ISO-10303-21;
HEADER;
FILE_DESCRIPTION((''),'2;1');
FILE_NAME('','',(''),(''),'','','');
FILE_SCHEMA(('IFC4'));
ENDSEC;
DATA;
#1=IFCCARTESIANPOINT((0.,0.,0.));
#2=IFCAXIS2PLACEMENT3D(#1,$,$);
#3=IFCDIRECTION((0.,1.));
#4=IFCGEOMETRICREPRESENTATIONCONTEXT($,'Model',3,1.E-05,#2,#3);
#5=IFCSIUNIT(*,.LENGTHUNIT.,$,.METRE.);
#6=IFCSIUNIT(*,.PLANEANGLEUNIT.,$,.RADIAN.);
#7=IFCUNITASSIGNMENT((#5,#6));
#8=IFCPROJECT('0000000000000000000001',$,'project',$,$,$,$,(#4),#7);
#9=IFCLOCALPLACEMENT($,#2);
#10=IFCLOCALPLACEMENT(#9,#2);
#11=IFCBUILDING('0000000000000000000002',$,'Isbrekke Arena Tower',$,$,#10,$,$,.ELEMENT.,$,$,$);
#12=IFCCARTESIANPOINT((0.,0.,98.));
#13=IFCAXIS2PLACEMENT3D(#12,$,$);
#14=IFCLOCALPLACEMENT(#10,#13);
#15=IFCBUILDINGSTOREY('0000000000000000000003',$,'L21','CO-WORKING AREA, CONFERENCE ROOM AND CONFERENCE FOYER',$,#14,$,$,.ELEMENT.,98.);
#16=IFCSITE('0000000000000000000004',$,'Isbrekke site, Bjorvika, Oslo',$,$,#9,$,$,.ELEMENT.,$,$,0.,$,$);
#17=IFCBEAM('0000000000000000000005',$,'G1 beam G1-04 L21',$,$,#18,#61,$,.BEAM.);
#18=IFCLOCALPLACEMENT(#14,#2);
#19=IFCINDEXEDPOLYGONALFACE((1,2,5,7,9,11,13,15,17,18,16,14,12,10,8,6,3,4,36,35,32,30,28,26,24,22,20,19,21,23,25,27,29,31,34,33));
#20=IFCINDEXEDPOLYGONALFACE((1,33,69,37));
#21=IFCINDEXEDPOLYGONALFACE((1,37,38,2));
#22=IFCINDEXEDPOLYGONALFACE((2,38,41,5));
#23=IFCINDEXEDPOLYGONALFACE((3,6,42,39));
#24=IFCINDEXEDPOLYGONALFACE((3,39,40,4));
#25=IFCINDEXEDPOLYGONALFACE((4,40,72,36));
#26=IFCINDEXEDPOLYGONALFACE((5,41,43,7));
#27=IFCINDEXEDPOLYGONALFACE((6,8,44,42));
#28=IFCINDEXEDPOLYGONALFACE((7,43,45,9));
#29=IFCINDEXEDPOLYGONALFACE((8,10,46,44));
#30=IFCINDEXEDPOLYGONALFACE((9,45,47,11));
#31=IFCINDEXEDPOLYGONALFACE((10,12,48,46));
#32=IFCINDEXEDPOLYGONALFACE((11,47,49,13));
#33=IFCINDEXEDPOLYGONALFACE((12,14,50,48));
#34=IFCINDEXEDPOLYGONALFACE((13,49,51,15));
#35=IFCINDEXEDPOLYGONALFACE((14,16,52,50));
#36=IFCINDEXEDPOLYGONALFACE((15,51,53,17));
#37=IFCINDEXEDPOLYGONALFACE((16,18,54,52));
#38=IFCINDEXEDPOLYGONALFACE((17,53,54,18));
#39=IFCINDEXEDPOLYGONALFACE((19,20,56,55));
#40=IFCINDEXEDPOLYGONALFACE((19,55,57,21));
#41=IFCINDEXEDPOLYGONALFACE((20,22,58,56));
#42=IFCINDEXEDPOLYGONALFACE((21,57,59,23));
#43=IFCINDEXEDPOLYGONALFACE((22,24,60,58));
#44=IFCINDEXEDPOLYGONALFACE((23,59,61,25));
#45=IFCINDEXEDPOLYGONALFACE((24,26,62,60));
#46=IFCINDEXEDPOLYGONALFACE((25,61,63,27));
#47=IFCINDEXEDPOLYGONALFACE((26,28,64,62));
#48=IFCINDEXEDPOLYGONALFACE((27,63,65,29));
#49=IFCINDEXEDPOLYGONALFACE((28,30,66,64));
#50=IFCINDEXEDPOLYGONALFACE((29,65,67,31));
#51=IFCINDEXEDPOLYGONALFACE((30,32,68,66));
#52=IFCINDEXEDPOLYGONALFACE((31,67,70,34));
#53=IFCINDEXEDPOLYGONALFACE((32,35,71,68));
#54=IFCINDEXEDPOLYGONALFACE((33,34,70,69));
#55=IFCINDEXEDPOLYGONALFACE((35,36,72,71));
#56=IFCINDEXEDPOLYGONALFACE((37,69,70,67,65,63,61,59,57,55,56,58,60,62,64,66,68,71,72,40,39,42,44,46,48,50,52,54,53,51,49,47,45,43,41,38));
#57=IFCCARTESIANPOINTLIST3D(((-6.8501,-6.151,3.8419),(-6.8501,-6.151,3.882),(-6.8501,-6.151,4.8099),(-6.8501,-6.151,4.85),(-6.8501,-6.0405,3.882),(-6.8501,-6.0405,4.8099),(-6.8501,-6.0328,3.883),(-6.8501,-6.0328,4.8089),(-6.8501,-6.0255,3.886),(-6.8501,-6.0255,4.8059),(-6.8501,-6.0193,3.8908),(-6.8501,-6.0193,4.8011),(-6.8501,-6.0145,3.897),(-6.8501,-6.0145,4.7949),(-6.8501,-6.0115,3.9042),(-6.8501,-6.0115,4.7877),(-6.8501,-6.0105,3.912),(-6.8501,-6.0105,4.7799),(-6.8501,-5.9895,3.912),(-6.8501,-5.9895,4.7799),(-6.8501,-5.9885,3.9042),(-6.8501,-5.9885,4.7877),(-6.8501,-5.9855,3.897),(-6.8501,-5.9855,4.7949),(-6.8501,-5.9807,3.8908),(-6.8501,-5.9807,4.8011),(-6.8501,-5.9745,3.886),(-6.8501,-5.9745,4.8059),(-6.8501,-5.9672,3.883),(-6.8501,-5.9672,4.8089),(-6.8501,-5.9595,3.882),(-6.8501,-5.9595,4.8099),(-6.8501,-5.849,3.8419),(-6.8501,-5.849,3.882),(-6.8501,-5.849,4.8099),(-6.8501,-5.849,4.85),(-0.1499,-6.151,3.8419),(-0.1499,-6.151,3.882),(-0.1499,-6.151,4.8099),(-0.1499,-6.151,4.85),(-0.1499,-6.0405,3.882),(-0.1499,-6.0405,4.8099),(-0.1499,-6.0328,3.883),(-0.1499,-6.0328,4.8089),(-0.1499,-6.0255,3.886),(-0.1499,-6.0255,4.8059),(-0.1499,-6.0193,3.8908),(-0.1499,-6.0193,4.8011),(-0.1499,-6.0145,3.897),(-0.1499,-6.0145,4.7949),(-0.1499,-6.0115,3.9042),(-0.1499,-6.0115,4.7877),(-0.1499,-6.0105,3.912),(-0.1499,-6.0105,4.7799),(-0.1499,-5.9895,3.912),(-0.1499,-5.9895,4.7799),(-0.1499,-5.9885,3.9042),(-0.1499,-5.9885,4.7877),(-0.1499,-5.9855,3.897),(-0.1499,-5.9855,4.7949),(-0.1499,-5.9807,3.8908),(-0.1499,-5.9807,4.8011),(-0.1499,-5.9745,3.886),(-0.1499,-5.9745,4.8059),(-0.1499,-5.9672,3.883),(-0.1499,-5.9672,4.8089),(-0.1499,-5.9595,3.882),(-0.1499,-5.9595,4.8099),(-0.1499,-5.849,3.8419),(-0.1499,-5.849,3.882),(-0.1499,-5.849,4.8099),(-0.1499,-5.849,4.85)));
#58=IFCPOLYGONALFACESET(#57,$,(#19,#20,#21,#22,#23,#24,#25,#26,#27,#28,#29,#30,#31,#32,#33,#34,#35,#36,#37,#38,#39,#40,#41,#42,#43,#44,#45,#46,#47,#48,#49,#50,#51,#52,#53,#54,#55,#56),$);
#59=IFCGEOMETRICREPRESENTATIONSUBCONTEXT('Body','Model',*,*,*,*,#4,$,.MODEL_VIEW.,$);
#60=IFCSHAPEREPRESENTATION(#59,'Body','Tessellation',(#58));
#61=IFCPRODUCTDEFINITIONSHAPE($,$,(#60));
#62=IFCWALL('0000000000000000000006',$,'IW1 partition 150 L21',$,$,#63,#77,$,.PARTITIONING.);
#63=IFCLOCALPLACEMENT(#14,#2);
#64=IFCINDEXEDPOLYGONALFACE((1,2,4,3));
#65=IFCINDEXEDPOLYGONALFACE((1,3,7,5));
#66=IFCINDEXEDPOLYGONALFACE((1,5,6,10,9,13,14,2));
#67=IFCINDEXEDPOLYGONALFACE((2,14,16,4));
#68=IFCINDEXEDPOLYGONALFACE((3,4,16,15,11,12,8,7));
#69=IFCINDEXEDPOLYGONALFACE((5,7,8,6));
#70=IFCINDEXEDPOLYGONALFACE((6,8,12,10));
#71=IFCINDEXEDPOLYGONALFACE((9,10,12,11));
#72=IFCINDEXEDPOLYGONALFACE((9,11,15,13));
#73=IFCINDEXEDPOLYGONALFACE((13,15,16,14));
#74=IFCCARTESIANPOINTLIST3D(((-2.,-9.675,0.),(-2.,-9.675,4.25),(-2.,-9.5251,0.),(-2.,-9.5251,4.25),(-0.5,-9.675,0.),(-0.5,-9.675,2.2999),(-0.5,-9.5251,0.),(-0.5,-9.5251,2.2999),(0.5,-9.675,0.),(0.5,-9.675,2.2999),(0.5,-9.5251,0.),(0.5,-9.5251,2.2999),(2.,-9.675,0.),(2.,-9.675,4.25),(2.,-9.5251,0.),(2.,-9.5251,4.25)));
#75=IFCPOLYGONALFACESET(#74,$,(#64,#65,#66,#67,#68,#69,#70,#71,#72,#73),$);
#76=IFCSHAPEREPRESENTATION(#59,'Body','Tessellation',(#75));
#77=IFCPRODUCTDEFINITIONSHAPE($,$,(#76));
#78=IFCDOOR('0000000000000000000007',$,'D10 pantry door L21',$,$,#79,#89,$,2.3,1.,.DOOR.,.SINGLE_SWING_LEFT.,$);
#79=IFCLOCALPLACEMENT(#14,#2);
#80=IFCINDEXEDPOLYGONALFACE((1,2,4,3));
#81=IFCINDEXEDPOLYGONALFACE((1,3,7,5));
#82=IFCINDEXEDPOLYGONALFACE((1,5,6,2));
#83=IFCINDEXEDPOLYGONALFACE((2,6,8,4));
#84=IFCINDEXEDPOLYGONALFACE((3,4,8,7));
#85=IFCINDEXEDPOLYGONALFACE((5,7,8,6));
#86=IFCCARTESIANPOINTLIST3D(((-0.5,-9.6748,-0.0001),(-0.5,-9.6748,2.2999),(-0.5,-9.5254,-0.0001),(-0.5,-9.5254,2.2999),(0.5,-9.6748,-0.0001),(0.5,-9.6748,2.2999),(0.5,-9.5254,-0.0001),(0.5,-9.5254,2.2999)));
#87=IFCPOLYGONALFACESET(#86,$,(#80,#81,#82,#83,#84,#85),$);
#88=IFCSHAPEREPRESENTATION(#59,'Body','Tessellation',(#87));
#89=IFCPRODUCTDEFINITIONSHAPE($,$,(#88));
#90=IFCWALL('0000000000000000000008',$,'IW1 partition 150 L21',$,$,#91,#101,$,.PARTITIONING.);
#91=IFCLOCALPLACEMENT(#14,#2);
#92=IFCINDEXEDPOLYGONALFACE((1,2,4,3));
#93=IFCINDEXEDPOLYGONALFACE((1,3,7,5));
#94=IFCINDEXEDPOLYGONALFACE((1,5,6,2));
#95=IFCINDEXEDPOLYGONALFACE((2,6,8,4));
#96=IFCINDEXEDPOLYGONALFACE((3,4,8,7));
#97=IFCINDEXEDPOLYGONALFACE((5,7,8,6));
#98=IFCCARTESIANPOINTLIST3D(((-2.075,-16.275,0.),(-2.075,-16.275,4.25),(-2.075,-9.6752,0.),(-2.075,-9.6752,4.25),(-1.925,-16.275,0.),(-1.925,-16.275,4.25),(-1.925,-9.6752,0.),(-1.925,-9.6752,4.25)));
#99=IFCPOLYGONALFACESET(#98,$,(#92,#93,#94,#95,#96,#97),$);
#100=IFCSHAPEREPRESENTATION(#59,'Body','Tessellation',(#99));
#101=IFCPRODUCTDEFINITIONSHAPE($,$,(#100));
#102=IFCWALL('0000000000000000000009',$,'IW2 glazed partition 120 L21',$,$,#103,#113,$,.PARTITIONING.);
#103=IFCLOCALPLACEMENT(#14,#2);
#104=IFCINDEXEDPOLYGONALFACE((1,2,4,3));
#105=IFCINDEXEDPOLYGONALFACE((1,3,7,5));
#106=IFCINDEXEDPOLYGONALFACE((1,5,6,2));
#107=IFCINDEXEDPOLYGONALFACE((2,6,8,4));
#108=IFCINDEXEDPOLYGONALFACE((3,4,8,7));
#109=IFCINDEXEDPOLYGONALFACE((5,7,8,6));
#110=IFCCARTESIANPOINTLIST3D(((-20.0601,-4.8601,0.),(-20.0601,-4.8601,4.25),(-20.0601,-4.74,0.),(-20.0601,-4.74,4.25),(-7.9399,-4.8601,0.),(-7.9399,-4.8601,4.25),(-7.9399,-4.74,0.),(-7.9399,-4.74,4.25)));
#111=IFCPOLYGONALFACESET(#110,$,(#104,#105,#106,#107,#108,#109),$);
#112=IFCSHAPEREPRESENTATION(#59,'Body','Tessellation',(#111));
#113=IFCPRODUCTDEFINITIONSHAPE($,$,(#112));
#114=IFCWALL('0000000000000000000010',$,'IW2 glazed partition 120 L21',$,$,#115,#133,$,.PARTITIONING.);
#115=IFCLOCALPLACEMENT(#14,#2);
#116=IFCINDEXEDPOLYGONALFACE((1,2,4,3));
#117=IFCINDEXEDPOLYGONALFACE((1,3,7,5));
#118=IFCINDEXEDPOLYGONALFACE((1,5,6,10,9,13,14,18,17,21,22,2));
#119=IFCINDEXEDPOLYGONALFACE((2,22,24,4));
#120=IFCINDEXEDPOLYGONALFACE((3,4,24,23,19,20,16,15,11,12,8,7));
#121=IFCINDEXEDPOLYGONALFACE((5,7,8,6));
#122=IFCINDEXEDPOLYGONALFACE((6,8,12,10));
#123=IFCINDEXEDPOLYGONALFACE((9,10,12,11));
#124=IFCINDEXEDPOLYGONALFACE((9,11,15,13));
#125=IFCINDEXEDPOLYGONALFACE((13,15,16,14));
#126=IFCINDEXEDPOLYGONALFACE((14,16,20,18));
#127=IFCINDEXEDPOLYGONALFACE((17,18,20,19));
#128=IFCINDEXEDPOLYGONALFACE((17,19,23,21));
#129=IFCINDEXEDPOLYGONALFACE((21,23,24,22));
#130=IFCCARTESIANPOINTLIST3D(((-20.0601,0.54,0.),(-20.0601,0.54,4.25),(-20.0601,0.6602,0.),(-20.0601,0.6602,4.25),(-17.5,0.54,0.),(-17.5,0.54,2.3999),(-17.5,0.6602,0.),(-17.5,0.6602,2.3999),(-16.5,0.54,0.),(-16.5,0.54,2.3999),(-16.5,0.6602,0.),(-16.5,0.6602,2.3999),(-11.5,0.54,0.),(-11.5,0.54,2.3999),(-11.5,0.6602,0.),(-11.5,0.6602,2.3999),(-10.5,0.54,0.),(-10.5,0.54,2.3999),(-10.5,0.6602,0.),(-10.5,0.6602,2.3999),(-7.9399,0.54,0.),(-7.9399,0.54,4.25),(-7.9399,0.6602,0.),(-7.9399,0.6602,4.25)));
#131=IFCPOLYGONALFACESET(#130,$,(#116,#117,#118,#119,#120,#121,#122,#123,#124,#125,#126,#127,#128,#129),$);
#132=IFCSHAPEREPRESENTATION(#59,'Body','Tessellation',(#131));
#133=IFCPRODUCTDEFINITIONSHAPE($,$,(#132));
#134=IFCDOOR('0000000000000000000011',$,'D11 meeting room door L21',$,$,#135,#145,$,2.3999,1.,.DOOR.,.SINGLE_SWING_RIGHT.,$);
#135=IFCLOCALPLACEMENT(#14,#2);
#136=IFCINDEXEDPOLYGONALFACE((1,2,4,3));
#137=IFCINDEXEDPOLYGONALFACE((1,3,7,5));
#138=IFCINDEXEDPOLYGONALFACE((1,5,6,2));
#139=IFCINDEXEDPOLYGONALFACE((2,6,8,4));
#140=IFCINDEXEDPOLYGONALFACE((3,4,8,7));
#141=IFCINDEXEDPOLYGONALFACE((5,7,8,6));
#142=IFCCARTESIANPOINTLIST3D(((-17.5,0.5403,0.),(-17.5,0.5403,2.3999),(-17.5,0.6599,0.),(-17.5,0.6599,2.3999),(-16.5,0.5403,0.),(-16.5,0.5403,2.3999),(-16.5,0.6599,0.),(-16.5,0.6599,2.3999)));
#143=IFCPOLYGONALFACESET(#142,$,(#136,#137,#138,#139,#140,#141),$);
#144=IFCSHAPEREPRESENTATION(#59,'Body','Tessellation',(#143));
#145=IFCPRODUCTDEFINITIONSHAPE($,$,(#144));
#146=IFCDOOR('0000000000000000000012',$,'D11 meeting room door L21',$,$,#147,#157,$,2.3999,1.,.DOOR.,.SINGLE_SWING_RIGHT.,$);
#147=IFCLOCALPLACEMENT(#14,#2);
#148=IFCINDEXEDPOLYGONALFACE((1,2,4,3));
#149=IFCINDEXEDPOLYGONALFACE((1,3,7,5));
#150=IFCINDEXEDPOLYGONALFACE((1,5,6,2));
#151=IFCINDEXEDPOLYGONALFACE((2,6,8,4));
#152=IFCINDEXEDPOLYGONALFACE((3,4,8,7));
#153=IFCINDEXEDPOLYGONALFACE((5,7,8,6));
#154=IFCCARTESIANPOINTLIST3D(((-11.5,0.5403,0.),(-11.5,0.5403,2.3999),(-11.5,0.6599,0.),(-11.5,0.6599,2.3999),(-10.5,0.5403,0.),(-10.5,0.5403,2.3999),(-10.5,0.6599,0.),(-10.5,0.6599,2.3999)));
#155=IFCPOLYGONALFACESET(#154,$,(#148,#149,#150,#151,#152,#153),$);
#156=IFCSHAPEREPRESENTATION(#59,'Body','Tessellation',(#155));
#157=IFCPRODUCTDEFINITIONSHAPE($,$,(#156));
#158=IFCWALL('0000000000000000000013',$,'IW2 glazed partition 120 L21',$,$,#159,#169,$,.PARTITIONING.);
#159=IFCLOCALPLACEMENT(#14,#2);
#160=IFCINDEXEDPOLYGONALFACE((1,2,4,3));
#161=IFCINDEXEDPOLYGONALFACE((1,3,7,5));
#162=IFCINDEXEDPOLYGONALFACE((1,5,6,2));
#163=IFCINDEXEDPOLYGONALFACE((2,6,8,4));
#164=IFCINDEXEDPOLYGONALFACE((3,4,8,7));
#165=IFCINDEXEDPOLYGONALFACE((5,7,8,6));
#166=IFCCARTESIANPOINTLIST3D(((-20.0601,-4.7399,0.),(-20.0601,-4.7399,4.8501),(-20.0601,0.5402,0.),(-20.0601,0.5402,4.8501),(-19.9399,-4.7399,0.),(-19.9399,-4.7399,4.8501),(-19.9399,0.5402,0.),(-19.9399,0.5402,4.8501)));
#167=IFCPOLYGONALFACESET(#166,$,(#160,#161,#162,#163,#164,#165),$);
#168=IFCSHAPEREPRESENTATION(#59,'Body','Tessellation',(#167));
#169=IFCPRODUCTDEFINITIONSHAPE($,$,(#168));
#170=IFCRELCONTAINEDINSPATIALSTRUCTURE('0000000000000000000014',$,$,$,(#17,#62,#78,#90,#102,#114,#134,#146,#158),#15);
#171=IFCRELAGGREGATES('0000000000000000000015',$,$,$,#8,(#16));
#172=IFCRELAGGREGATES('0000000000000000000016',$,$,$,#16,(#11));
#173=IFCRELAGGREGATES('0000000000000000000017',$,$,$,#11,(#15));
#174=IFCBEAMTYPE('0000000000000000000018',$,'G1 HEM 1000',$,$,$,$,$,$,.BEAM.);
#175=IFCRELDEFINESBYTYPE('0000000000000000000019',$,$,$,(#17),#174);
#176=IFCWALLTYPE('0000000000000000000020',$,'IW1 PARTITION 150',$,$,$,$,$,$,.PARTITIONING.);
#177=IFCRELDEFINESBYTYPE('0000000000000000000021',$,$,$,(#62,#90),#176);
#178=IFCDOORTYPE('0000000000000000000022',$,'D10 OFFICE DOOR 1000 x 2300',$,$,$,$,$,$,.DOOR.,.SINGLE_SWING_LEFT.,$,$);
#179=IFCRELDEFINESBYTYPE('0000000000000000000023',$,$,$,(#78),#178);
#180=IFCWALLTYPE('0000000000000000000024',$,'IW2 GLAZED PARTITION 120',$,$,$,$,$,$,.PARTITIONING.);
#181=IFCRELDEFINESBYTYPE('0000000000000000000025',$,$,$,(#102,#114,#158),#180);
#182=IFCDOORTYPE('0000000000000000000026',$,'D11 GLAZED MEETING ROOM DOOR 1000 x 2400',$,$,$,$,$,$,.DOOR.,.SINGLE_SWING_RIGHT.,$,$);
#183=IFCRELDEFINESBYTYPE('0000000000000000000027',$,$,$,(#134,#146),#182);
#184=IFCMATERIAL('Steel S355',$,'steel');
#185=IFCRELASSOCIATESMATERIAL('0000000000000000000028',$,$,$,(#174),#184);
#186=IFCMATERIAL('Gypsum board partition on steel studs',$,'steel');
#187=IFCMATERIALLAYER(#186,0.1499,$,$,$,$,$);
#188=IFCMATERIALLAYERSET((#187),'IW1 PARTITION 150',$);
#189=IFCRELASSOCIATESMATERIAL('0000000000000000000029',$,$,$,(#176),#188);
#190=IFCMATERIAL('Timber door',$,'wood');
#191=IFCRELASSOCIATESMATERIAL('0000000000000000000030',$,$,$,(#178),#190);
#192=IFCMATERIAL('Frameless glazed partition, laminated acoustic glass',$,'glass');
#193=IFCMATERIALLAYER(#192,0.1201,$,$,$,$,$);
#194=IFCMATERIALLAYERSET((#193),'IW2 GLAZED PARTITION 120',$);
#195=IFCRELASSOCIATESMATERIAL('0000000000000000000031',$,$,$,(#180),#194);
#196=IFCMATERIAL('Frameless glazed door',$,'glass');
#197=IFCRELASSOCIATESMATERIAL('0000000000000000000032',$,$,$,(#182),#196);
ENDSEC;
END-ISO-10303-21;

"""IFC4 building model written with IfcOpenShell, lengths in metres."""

from ifc_helpers import new_model, si_unit, direction, frame, frame_2d, origin, origin_2d, place, context, subcontext, project, spatial, rectangle, i_section, extrude, material, layer, layer_set, material_profile, profile_set, type_object, element, fill, save


model = new_model("IFC4")

# Units and contexts
model_context = context("Model", 3, precision=1e-05, world=origin(), true_north=direction((0.0, 1.0)))
body_context = subcontext(model_context, "Body", "Model", "MODEL_VIEW")
ifc_project = project(units=[si_unit("LENGTHUNIT", "METRE"), si_unit("PLANEANGLEUNIT", "RADIAN")], contexts=[model_context])

# Site, building, storey
site_placement = place(None, origin())
site = spatial("IfcSite", under=ifc_project, at=site_placement, Name="Isbrekke site, Bjorvika, Oslo", CompositionType="ELEMENT", RefElevation=0.0)
building_placement = place(site_placement, origin())
building = spatial("IfcBuilding", under=site, at=building_placement, Name="Isbrekke Arena Tower", CompositionType="ELEMENT")
storey_placement = place(building_placement, frame((0.0, 0.0, 98.0)))
storey = spatial("IfcBuildingStorey", under=building, at=storey_placement, Name="L21", Description="CO-WORKING AREA, CONFERENCE ROOM AND CONFERENCE FOYER", CompositionType="ELEMENT", Elevation=98.0)

# Beam
ifc_material_1 = material(Name="Steel S355", Category="steel")
ifc_material_profile_1 = material_profile(ifc_material_1, i_section(OverallWidth=0.302, OverallDepth=1.0081, WebThickness=0.021, FlangeThickness=0.04, FilletRadius=0.03, at=origin_2d()), Name="HEM 1000")
ifc_profile_set_1 = profile_set([ifc_material_profile_1], Name="Steel S355")
beam_type_1 = type_object("IfcBeamType", Name="G1 HEM 1000", PredefinedType="BEAM", material=ifc_profile_set_1)
for number, where, z_axis, x_axis, name in (
    (1, (-6.8501, -6.0, 4.3459), (1.0, 0.0, 0.0), (0.0, 1.0, 0.0), "G1 beam G1-04 L21"),
):
    element("IfcBeam", number, at=place(storey_placement, frame(where, z_axis=z_axis, x_axis=x_axis)), inside=storey, type_object=beam_type_1, Name=name, PredefinedType="BEAM", context=body_context, shape_type="SweptSolid", body=[
        extrude(i_section(OverallWidth=0.302, OverallDepth=1.0081, WebThickness=0.021, FlangeThickness=0.04, FilletRadius=0.03, at=origin_2d()), origin(), (0.0, 0.0, 1.0), 6.7002),
    ])

# Wall, opening, door
ifc_material_2 = material(Name="Gypsum board partition on steel studs", Category="steel")
ifc_layer_1 = layer(ifc_material_2, 0.1499)
ifc_layer_set_1 = layer_set([ifc_layer_1], Name="IW1 PARTITION 150")
wall_type_1 = type_object("IfcWallType", Name="IW1 PARTITION 150", PredefinedType="PARTITIONING", material=ifc_layer_set_1)
wall_1_placement = place(storey_placement, frame((-2.0, -9.6001, 0.0), z_axis=(0.0, 0.0, 1.0), x_axis=(1.0, 0.0, 0.0)))
wall_1 = element("IfcWall", 2, at=wall_1_placement, inside=storey, type_object=wall_type_1, Name="IW1 partition 150 L21", PredefinedType="PARTITIONING", context=body_context, shape_type="SweptSolid", body=[
    extrude(rectangle(XDim=4.0, YDim=0.1499, at=frame_2d((2.0, 0.0))), origin(), (0.0, 0.0, 1.0), 4.25),
])
opening_1_placement = place(wall_1_placement, frame((1.5, 0.0, 0.0)))
opening_1 = element("IfcOpeningElement", 3, at=opening_1_placement, cuts=wall_1, PredefinedType="OPENING", context=body_context, shape_type="SweptSolid", body=[
    extrude(rectangle(XDim=1.0, YDim=2.3, at=frame_2d((0.5, 1.1499))), frame((0.0, 0.0898, 0.0), z_axis=(0.0, -1.0, 0.0), x_axis=(1.0, 0.0, 0.0)), (0.0, 0.0, 1.0), 0.1797),
])
ifc_material_3 = material(Name="Timber door", Category="wood")
door_type_1 = type_object("IfcDoorType", Name="D10 OFFICE DOOR 1000 x 2300", OperationType="SINGLE_SWING_LEFT", PredefinedType="DOOR", material=ifc_material_3)
door_1_placement = place(opening_1_placement, origin())
door_1 = element("IfcDoor", 4, at=door_1_placement, inside=storey, type_object=door_type_1, Name="D10 pantry door L21", OperationType="SINGLE_SWING_LEFT", OverallHeight=2.3, OverallWidth=1.0, PredefinedType="DOOR", context=body_context, shape_type="SweptSolid", body=[
    extrude(rectangle(XDim=1.0, YDim=2.3, at=frame_2d((0.5, 1.1499))), frame((0.0, 0.0747, 0.0), z_axis=(0.0, -1.0, 0.0), x_axis=(1.0, 0.0, 0.0)), (0.0, 0.0, 1.0), 0.1494),
])
fill(opening_1, door_1)

# Walls
wall_2_placement = place(storey_placement, frame((-2.0, -16.2749, 0.0), z_axis=(0.0, 0.0, 1.0), x_axis=(0.0, 1.0, 0.0)))
element("IfcWall", 5, at=wall_2_placement, inside=storey, type_object=wall_type_1, Name="IW1 partition 150 L21", PredefinedType="PARTITIONING", context=body_context, shape_type="SweptSolid", body=[
    extrude(rectangle(XDim=6.5999, YDim=0.1499, at=frame_2d((3.2998, 0.0))), origin(), (0.0, 0.0, 1.0), 4.25),
])
ifc_material_4 = material(Name="Frameless glazed partition, laminated acoustic glass", Category="glass")
ifc_layer_2 = layer(ifc_material_4, 0.1201)
ifc_layer_set_2 = layer_set([ifc_layer_2], Name="IW2 GLAZED PARTITION 120")
wall_type_2 = type_object("IfcWallType", Name="IW2 GLAZED PARTITION 120", PredefinedType="PARTITIONING", material=ifc_layer_set_2)
wall_3_placement = place(storey_placement, frame((-20.0601, -4.8, 0.0), z_axis=(0.0, 0.0, 1.0), x_axis=(1.0, 0.0, 0.0)))
element("IfcWall", 6, at=wall_3_placement, inside=storey, type_object=wall_type_2, Name="IW2 glazed partition 120 L21", PredefinedType="PARTITIONING", context=body_context, shape_type="SweptSolid", body=[
    extrude(rectangle(XDim=12.1201, YDim=0.1201, at=frame_2d((6.0601, 0.0))), origin(), (0.0, 0.0, 1.0), 4.25),
])

# Wall, openings, doors
wall_4_placement = place(storey_placement, frame((-20.0601, 0.6001, 0.0), z_axis=(0.0, 0.0, 1.0), x_axis=(1.0, 0.0, 0.0)))
wall_4 = element("IfcWall", 7, at=wall_4_placement, inside=storey, type_object=wall_type_2, Name="IW2 glazed partition 120 L21", PredefinedType="PARTITIONING", context=body_context, shape_type="SweptSolid", body=[
    extrude(rectangle(XDim=12.1201, YDim=0.1201, at=frame_2d((6.0601, 0.0))), origin(), (0.0, 0.0, 1.0), 4.25),
])
opening_2_placement = place(wall_4_placement, frame((2.5601, 0.0, 0.0)))
opening_2 = element("IfcOpeningElement", 8, at=opening_2_placement, cuts=wall_4, PredefinedType="OPENING", context=body_context, shape_type="SweptSolid", body=[
    extrude(rectangle(XDim=1.0, YDim=2.3999, at=frame_2d((0.5, 1.2))), frame((0.0, 0.075, 0.0), z_axis=(0.0, -1.0, 0.0), x_axis=(1.0, 0.0, 0.0)), (0.0, 0.0, 1.0), 0.1499),
])
opening_3_placement = place(wall_4_placement, frame((8.5601, 0.0, 0.0)))
opening_3 = element("IfcOpeningElement", 9, at=opening_3_placement, cuts=wall_4, PredefinedType="OPENING", context=body_context, shape_type="SweptSolid", body=[
    extrude(rectangle(XDim=1.0, YDim=2.3999, at=frame_2d((0.5, 1.2))), frame((0.0, 0.075, 0.0), z_axis=(0.0, -1.0, 0.0), x_axis=(1.0, 0.0, 0.0)), (0.0, 0.0, 1.0), 0.1499),
])
ifc_material_5 = material(Name="Frameless glazed door", Category="glass")
door_type_2 = type_object("IfcDoorType", Name="D11 GLAZED MEETING ROOM DOOR 1000 x 2400", OperationType="SINGLE_SWING_RIGHT", PredefinedType="DOOR", material=ifc_material_5)
door_2_placement = place(opening_2_placement, origin())
door_2 = element("IfcDoor", 10, at=door_2_placement, inside=storey, type_object=door_type_2, Name="D11 meeting room door L21", OperationType="SINGLE_SWING_RIGHT", OverallHeight=2.3999, OverallWidth=1.0, PredefinedType="DOOR", context=body_context, shape_type="SweptSolid", body=[
    extrude(rectangle(XDim=1.0, YDim=2.3999, at=frame_2d((0.5, 1.2))), frame((0.0, 0.0598, 0.0), z_axis=(0.0, -1.0, 0.0), x_axis=(1.0, 0.0, 0.0)), (0.0, 0.0, 1.0), 0.1196),
])
fill(opening_2, door_2)
door_3_placement = place(opening_3_placement, origin())
door_3 = element("IfcDoor", 11, at=door_3_placement, inside=storey, type_object=door_type_2, Name="D11 meeting room door L21", OperationType="SINGLE_SWING_RIGHT", OverallHeight=2.3999, OverallWidth=1.0, PredefinedType="DOOR", context=body_context, shape_type="SweptSolid", body=[
    extrude(rectangle(XDim=1.0, YDim=2.3999, at=frame_2d((0.5, 1.2))), frame((0.0, 0.0598, 0.0), z_axis=(0.0, -1.0, 0.0), x_axis=(1.0, 0.0, 0.0)), (0.0, 0.0, 1.0), 0.1196),
])
fill(opening_3, door_3)

# Wall
for number, where, z_axis, x_axis, name in (
    (12, (-20.0, -4.74, 0.0), (0.0, 0.0, 1.0), (0.0, 1.0, 0.0), "IW2 glazed partition 120 L21"),
):
    element("IfcWall", number, at=place(storey_placement, frame(where, z_axis=z_axis, x_axis=x_axis)), inside=storey, type_object=wall_type_2, Name=name, PredefinedType="PARTITIONING", context=body_context, shape_type="SweptSolid", body=[
        extrude(rectangle(XDim=5.28, YDim=0.1201, at=frame_2d((2.6401, 0.0))), origin(), (0.0, 0.0, 1.0), 4.8501),
    ])

save(model, "model.ifc")
